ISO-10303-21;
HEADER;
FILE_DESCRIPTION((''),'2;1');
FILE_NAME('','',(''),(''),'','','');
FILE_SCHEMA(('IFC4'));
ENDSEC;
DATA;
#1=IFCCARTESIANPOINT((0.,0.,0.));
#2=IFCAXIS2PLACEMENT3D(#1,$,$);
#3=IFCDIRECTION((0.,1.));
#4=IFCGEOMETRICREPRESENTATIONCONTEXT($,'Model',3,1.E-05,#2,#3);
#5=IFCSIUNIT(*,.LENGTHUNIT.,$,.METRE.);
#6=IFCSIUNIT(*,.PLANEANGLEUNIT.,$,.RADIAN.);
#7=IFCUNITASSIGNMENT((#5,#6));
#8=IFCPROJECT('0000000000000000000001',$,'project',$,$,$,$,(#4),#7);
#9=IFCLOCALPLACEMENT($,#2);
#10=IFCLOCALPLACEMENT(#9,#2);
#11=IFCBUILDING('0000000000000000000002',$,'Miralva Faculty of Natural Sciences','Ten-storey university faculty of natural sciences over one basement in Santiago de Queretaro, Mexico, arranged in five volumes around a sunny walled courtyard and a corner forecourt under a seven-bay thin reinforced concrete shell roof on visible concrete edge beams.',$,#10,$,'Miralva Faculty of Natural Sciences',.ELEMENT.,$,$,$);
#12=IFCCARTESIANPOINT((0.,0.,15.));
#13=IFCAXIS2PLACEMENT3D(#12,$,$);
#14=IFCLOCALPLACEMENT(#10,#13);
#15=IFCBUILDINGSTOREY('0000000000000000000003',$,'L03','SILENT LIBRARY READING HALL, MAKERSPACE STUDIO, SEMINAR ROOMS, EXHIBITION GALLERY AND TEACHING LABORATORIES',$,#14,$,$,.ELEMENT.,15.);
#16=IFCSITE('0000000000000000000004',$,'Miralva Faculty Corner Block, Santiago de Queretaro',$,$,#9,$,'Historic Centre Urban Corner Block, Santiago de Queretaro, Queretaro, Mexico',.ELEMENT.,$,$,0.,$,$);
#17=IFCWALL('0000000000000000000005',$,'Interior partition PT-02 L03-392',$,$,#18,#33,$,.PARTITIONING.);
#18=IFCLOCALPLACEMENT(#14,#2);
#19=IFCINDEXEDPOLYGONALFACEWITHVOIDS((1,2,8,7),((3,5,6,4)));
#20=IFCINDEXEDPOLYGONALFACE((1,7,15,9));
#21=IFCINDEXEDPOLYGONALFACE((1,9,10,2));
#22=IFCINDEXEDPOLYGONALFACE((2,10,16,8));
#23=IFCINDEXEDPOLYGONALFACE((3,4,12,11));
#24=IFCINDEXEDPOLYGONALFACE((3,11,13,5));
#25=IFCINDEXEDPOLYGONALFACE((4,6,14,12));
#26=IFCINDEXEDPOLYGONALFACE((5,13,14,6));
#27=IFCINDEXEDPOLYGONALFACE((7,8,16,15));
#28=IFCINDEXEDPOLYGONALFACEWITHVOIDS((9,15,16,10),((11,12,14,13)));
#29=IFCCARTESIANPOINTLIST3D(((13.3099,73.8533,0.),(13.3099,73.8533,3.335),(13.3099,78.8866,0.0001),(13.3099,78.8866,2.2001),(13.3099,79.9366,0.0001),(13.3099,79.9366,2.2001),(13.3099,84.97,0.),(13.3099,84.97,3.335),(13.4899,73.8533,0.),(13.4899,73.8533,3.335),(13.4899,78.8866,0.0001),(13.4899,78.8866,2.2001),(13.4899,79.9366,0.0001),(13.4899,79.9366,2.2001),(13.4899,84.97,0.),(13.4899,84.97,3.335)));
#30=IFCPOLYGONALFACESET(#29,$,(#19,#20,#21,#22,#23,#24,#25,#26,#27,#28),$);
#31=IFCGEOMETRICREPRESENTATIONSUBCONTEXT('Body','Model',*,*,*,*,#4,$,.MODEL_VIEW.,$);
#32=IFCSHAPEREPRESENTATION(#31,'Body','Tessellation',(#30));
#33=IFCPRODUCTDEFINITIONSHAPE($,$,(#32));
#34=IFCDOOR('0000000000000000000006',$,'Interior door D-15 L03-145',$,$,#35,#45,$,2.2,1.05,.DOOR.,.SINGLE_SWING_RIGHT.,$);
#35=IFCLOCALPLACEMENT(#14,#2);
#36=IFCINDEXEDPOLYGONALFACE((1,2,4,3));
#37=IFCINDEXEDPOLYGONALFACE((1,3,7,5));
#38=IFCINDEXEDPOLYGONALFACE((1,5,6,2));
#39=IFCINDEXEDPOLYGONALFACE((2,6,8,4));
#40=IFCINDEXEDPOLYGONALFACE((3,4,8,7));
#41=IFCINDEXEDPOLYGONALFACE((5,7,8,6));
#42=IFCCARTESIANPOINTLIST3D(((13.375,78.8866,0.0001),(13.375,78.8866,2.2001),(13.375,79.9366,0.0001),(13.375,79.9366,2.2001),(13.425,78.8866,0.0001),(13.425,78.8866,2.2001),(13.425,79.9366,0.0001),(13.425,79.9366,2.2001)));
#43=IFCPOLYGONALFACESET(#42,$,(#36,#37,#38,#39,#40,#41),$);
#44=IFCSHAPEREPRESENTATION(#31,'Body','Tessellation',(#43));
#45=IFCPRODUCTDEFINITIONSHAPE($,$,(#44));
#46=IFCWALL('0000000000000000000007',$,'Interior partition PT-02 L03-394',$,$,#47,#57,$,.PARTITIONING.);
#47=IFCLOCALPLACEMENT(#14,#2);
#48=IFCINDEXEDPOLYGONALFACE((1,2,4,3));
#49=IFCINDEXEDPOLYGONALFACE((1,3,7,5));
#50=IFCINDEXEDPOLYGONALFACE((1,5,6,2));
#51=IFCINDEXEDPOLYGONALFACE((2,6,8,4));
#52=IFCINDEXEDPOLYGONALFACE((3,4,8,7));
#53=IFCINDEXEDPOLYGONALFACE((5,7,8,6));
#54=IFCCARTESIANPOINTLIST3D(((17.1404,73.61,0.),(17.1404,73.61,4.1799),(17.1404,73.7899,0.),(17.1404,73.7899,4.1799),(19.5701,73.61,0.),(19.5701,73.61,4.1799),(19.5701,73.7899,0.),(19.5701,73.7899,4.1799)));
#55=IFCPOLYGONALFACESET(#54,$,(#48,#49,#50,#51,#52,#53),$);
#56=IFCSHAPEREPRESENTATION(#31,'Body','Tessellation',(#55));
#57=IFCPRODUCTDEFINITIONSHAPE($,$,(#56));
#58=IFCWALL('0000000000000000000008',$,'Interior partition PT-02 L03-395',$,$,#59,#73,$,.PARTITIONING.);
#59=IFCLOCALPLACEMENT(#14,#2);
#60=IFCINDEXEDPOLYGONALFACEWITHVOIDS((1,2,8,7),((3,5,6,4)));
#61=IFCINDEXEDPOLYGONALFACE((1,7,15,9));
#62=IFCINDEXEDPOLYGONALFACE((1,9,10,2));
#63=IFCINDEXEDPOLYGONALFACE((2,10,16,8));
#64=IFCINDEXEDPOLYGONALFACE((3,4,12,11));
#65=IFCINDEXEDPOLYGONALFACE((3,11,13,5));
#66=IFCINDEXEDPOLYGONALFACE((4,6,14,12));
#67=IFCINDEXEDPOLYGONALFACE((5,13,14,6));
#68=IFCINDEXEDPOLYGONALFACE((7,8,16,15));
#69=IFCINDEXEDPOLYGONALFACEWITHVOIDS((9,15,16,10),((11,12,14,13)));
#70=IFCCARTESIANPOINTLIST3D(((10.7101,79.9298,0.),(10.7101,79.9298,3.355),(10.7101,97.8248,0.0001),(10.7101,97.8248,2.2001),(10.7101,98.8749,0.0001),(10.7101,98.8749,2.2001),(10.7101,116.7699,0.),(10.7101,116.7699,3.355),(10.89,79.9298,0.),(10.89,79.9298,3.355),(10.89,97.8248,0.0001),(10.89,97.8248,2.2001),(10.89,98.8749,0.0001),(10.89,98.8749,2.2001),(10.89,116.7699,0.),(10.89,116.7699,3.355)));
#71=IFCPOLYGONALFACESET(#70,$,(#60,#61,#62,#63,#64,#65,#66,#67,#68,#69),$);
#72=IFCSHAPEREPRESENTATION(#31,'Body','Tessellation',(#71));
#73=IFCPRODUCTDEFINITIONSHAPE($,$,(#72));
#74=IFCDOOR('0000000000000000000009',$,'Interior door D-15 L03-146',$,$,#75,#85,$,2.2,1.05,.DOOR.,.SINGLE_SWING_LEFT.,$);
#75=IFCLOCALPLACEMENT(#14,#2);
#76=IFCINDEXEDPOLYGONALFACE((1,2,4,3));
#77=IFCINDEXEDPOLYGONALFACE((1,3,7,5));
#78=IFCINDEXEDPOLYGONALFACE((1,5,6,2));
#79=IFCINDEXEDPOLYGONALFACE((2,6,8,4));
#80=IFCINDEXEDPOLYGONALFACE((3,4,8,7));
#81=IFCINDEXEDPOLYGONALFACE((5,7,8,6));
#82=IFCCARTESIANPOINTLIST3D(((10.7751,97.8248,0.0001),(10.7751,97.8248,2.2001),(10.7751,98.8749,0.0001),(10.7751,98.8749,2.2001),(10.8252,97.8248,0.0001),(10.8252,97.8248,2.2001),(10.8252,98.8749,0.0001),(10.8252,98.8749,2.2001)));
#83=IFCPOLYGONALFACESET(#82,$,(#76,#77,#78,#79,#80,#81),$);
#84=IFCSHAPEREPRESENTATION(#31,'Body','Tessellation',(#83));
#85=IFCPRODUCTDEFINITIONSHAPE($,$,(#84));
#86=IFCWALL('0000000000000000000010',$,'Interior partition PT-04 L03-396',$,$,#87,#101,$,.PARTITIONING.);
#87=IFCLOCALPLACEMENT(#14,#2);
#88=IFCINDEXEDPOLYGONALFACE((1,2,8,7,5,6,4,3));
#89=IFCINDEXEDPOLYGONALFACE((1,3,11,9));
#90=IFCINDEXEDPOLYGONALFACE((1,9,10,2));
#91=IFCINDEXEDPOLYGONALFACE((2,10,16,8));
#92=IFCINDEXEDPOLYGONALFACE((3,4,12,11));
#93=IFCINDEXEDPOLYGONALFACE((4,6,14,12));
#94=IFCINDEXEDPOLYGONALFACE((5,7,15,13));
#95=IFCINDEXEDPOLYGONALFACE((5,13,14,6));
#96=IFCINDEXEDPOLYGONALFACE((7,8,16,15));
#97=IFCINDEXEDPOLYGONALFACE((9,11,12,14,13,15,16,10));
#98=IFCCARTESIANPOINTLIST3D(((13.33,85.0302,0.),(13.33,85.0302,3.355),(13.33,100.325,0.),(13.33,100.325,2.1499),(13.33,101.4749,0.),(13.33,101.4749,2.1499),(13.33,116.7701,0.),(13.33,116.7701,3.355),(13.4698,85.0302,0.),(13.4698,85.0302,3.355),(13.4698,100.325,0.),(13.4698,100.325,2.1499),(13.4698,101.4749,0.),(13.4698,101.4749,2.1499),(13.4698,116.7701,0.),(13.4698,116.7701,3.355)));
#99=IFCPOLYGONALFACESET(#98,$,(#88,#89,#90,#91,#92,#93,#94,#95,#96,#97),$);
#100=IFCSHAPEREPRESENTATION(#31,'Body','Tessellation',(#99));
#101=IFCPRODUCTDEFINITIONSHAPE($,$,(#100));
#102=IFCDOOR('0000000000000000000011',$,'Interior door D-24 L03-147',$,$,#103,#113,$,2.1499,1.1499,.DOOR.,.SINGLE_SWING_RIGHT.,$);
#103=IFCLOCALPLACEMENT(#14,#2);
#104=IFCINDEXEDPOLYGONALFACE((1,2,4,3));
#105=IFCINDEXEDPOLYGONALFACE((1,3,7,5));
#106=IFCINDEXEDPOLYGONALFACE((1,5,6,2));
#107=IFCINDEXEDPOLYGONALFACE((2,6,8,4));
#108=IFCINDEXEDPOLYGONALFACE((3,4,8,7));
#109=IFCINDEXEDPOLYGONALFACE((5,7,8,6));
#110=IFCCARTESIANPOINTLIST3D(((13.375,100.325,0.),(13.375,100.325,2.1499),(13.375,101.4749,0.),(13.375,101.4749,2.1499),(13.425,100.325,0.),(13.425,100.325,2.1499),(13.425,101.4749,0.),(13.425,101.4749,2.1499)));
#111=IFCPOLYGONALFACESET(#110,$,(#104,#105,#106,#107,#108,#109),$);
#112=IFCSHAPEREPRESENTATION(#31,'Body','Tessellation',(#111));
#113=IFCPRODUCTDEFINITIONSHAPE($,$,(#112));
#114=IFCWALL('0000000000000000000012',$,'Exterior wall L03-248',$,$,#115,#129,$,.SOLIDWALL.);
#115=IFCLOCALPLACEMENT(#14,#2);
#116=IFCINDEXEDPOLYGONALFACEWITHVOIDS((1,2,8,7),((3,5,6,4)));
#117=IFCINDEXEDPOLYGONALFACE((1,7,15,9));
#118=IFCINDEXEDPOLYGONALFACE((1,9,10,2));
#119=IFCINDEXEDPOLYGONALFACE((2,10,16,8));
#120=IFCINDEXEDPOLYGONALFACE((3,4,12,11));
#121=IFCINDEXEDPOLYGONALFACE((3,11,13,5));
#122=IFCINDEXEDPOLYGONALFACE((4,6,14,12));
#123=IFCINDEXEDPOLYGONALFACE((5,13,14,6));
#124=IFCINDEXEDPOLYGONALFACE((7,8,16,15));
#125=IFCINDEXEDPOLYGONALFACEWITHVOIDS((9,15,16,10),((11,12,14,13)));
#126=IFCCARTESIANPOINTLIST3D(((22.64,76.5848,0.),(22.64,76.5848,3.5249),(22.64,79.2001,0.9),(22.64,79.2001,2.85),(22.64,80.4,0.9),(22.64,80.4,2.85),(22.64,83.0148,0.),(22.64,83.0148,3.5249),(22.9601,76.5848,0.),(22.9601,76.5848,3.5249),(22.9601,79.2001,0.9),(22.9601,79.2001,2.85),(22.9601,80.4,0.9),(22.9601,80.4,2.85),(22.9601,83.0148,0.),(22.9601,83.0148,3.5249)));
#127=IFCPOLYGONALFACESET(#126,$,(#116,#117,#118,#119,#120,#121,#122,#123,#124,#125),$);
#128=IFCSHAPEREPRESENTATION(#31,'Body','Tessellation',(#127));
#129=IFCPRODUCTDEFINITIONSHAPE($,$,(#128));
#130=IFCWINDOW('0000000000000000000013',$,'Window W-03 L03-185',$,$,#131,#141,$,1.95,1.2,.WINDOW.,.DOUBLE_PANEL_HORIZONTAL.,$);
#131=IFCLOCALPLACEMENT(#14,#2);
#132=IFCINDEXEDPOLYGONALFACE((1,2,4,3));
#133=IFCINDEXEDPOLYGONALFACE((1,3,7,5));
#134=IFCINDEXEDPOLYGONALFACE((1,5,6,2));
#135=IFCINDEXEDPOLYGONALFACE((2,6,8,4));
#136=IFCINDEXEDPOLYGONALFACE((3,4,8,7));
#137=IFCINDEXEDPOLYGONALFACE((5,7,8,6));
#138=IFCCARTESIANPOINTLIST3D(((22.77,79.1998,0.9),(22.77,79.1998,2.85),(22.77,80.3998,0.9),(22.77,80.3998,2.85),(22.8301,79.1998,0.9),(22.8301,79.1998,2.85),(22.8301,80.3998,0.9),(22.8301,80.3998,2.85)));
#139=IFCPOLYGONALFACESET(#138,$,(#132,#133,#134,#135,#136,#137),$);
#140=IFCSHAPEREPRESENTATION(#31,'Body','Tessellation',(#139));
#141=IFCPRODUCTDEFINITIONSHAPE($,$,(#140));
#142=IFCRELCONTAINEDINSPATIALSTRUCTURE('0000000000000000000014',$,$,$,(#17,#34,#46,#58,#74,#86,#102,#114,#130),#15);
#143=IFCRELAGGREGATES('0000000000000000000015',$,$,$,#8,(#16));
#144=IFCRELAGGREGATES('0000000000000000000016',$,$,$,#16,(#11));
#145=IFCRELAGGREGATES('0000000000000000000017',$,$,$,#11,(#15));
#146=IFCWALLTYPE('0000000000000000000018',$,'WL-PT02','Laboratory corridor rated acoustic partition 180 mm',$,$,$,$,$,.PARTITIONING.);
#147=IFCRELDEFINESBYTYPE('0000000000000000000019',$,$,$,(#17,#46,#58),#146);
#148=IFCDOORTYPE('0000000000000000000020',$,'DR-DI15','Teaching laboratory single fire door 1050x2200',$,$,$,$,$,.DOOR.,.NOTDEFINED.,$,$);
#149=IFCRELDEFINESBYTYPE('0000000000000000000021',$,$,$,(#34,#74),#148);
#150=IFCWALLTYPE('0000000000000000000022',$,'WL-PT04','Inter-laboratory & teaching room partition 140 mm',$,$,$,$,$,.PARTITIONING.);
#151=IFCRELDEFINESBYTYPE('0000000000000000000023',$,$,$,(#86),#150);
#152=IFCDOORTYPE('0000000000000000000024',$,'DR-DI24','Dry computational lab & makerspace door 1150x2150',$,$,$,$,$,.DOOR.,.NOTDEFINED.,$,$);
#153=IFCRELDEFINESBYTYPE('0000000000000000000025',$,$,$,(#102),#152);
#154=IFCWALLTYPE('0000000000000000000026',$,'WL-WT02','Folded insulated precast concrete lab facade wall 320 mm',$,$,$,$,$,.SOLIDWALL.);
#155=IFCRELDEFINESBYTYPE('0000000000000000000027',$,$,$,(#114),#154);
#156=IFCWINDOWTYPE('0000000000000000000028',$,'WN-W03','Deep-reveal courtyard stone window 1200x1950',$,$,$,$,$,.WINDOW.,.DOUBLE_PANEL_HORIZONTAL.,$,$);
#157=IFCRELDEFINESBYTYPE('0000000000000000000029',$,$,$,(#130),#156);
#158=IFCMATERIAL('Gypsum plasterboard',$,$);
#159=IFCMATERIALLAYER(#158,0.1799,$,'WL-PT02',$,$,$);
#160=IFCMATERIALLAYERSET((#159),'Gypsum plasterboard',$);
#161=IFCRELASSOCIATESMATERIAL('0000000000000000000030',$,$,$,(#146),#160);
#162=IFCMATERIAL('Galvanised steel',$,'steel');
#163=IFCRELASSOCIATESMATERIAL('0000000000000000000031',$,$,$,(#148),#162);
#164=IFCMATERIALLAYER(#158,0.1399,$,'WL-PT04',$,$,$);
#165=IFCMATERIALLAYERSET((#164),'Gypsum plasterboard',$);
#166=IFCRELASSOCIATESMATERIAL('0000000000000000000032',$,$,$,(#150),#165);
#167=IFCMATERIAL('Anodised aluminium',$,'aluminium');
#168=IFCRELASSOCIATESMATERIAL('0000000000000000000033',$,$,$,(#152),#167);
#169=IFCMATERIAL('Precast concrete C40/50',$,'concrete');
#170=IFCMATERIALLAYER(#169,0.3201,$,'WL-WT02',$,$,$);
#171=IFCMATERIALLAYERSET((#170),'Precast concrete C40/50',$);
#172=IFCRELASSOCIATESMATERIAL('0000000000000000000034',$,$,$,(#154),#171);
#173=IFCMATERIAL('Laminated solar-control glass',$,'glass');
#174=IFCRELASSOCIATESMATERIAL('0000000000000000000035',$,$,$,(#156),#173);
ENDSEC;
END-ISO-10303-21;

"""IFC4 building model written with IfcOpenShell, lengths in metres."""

from ifc_helpers import new_model, si_unit, direction, frame, frame_2d, origin, place, context, subcontext, project, spatial, rectangle, extrude, material, layer, layer_set, type_object, element, fill, save


model = new_model("IFC4")

# Units and contexts
model_context = context("Model", 3, precision=1e-05, world=origin(), true_north=direction((0.0, 1.0)))
body_context = subcontext(model_context, "Body", "Model", "MODEL_VIEW")
ifc_project = project(units=[si_unit("LENGTHUNIT", "METRE"), si_unit("PLANEANGLEUNIT", "RADIAN")], contexts=[model_context])

# Site, building, storey
site_placement = place(None, origin())
site = spatial("IfcSite", under=ifc_project, at=site_placement, Name="Miralva Faculty Corner Block, Santiago de Queretaro", LongName="Historic Centre Urban Corner Block, Santiago de Queretaro, Queretaro, Mexico", CompositionType="ELEMENT", RefElevation=0.0)
building_placement = place(site_placement, origin())
building = spatial("IfcBuilding", under=site, at=building_placement, Name="Miralva Faculty of Natural Sciences", Description="Ten-storey university faculty of natural sciences over one basement in Santiago de Queretaro, Mexico, arranged in five volumes around a sunny walled courtyard and a corner forecourt under a seven-bay thin reinforced concrete shell roof on visible concrete edge beams.", LongName="Miralva Faculty of Natural Sciences", CompositionType="ELEMENT")
storey_placement = place(building_placement, frame((0.0, 0.0, 15.0)))
storey = spatial("IfcBuildingStorey", under=building, at=storey_placement, Name="L03", Description="SILENT LIBRARY READING HALL, MAKERSPACE STUDIO, SEMINAR ROOMS, EXHIBITION GALLERY AND TEACHING LABORATORIES", CompositionType="ELEMENT", Elevation=15.0)

# Shared definitions
ifc_material_1 = material(Name="Gypsum plasterboard")
ifc_layer_1 = layer(ifc_material_1, 0.1799, Name="WL-PT02")
ifc_layer_set_1 = layer_set([ifc_layer_1], Name="Gypsum plasterboard")
wall_type_1 = type_object("IfcWallType", Name="WL-PT02", Description="Laboratory corridor rated acoustic partition 180 mm", PredefinedType="PARTITIONING", material=ifc_layer_set_1)

# Wall, opening, door
wall_1_placement = place(storey_placement, frame((13.3999, 73.8533, 0.0), z_axis=(0.0, 0.0, 1.0), x_axis=(0.0, 1.0, 0.0)))
wall_1 = element("IfcWall", 1, at=wall_1_placement, inside=storey, type_object=wall_type_1, Name="Interior partition PT-02 L03-392", PredefinedType="PARTITIONING", context=body_context, shape_type="SweptSolid", body=[
    extrude(rectangle(XDim=11.1167, YDim=0.1799, at=frame_2d((5.5583, 0.0))), origin(), (0.0, 0.0, 1.0), 3.335),
])
opening_1_placement = place(wall_1_placement, frame((5.0334, 0.0, 0.0)))
opening_1 = element("IfcOpeningElement", 2, at=opening_1_placement, cuts=wall_1, PredefinedType="OPENING", context=body_context, shape_type="SweptSolid", body=[
    extrude(rectangle(XDim=1.05, YDim=2.2, at=frame_2d((0.5249, 1.1001))), frame((0.0, 0.0999, 0.0), z_axis=(0.0, -1.0, 0.0), x_axis=(1.0, 0.0, 0.0)), (0.0, 0.0, 1.0), 0.2),
])
ifc_material_2 = material(Name="Galvanised steel", Category="steel")
door_type_1 = type_object("IfcDoorType", Name="DR-DI15", Description="Teaching laboratory single fire door 1050x2200", OperationType="NOTDEFINED", PredefinedType="DOOR", material=ifc_material_2)
door_1_placement = place(opening_1_placement, origin())
door_1 = element("IfcDoor", 3, at=door_1_placement, inside=storey, type_object=door_type_1, Name="Interior door D-15 L03-145", OperationType="SINGLE_SWING_RIGHT", OverallHeight=2.2, OverallWidth=1.05, PredefinedType="DOOR", context=body_context, shape_type="SweptSolid", body=[
    extrude(rectangle(XDim=1.05, YDim=2.2, at=frame_2d((0.5249, 1.1001))), frame((0.0, 0.0249, 0.0), z_axis=(0.0, -1.0, 0.0), x_axis=(1.0, 0.0, 0.0)), (0.0, 0.0, 1.0), 0.05),
])
fill(opening_1, door_1)

# Wall
wall_2_placement = place(storey_placement, frame((17.1404, 73.7, 0.0), z_axis=(0.0, 0.0, 1.0), x_axis=(1.0, 0.0, 0.0)))
element("IfcWall", 4, at=wall_2_placement, inside=storey, type_object=wall_type_1, Name="Interior partition PT-02 L03-394", PredefinedType="PARTITIONING", context=body_context, shape_type="SweptSolid", body=[
    extrude(rectangle(XDim=2.4297, YDim=0.1799, at=frame_2d((1.2148, 0.0))), origin(), (0.0, 0.0, 1.0), 4.1799),
])

# Walls, openings, doors
wall_3_placement = place(storey_placement, frame((10.8, 79.9299, 0.0), z_axis=(0.0, 0.0, 1.0), x_axis=(0.0, 1.0, 0.0)))
wall_3 = element("IfcWall", 5, at=wall_3_placement, inside=storey, type_object=wall_type_1, Name="Interior partition PT-02 L03-395", PredefinedType="PARTITIONING", context=body_context, shape_type="SweptSolid", body=[
    extrude(rectangle(XDim=36.8401, YDim=0.1799, at=frame_2d((18.4199, 0.0))), origin(), (0.0, 0.0, 1.0), 3.355),
])
opening_2_placement = place(wall_3_placement, frame((17.895, 0.0, 0.0)))
opening_2 = element("IfcOpeningElement", 6, at=opening_2_placement, cuts=wall_3, PredefinedType="OPENING", context=body_context, shape_type="SweptSolid", body=[
    extrude(rectangle(XDim=1.05, YDim=2.2, at=frame_2d((0.5249, 1.1001))), frame((0.0, 0.0999, 0.0), z_axis=(0.0, -1.0, 0.0), x_axis=(1.0, 0.0, 0.0)), (0.0, 0.0, 1.0), 0.2),
])
door_2_placement = place(opening_2_placement, origin())
door_2 = element("IfcDoor", 7, at=door_2_placement, inside=storey, type_object=door_type_1, Name="Interior door D-15 L03-146", OperationType="SINGLE_SWING_LEFT", OverallHeight=2.2, OverallWidth=1.05, PredefinedType="DOOR", context=body_context, shape_type="SweptSolid", body=[
    extrude(rectangle(XDim=1.05, YDim=2.2, at=frame_2d((0.5249, 1.1001))), frame((0.0, 0.0249, 0.0), z_axis=(0.0, -1.0, 0.0), x_axis=(1.0, 0.0, 0.0)), (0.0, 0.0, 1.0), 0.05),
])
fill(opening_2, door_2)
ifc_layer_2 = layer(ifc_material_1, 0.1399, Name="WL-PT04")
ifc_layer_set_2 = layer_set([ifc_layer_2], Name="Gypsum plasterboard")
wall_type_2 = type_object("IfcWallType", Name="WL-PT04", Description="Inter-laboratory & teaching room partition 140 mm", PredefinedType="PARTITIONING", material=ifc_layer_set_2)
wall_4_placement = place(storey_placement, frame((13.3999, 85.03, 0.0), z_axis=(0.0, 0.0, 1.0), x_axis=(0.0, 1.0, 0.0)))
wall_4 = element("IfcWall", 8, at=wall_4_placement, inside=storey, type_object=wall_type_2, Name="Interior partition PT-04 L03-396", PredefinedType="PARTITIONING", context=body_context, shape_type="SweptSolid", body=[
    extrude(rectangle(XDim=31.74, YDim=0.1399, at=frame_2d((15.8701, 0.0))), origin(), (0.0, 0.0, 1.0), 3.355),
])
opening_3_placement = place(wall_4_placement, frame((15.2949, 0.0, 0.0)))
opening_3 = element("IfcOpeningElement", 9, at=opening_3_placement, cuts=wall_4, PredefinedType="OPENING", context=body_context, shape_type="SweptSolid", body=[
    extrude(rectangle(XDim=1.1499, YDim=2.1499, at=frame_2d((0.575, 1.075))), frame((0.0, 0.0798, 0.0), z_axis=(0.0, -1.0, 0.0), x_axis=(1.0, 0.0, 0.0)), (0.0, 0.0, 1.0), 0.1599),
])
ifc_material_3 = material(Name="Anodised aluminium", Category="aluminium")
door_type_2 = type_object("IfcDoorType", Name="DR-DI24", Description="Dry computational lab & makerspace door 1150x2150", OperationType="NOTDEFINED", PredefinedType="DOOR", material=ifc_material_3)
door_3_placement = place(opening_3_placement, origin())
door_3 = element("IfcDoor", 10, at=door_3_placement, inside=storey, type_object=door_type_2, Name="Interior door D-24 L03-147", OperationType="SINGLE_SWING_RIGHT", OverallHeight=2.1499, OverallWidth=1.1499, PredefinedType="DOOR", context=body_context, shape_type="SweptSolid", body=[
    extrude(rectangle(XDim=1.1499, YDim=2.1499, at=frame_2d((0.575, 1.075))), frame((0.0, 0.0249, 0.0), z_axis=(0.0, -1.0, 0.0), x_axis=(1.0, 0.0, 0.0)), (0.0, 0.0, 1.0), 0.05),
])
fill(opening_3, door_3)

# Wall, opening, window
ifc_material_4 = material(Name="Precast concrete C40/50", Category="concrete")
ifc_layer_3 = layer(ifc_material_4, 0.3201, Name="WL-WT02")
ifc_layer_set_3 = layer_set([ifc_layer_3], Name="Precast concrete C40/50")
wall_type_3 = type_object("IfcWallType", Name="WL-WT02", Description="Folded insulated precast concrete lab facade wall 320 mm", PredefinedType="SOLIDWALL", material=ifc_layer_set_3)
wall_5_placement = place(storey_placement, frame((22.8, 76.585, 0.0), z_axis=(0.0, 0.0, 1.0), x_axis=(0.0, 1.0, 0.0)))
wall_5 = element("IfcWall", 11, at=wall_5_placement, inside=storey, type_object=wall_type_3, Name="Exterior wall L03-248", PredefinedType="SOLIDWALL", context=body_context, shape_type="SweptSolid", body=[
    extrude(rectangle(XDim=6.4299, YDim=0.3201, at=frame_2d((3.2148, 0.0))), origin(), (0.0, 0.0, 1.0), 3.5249),
])
opening_4_placement = place(wall_5_placement, frame((2.615, 0.0, 0.8999)))
opening_4 = element("IfcOpeningElement", 12, at=opening_4_placement, cuts=wall_5, PredefinedType="OPENING", context=body_context, shape_type="SweptSolid", body=[
    extrude(rectangle(XDim=1.2, YDim=1.95, at=frame_2d((0.6001, 0.9751))), frame((0.0, 0.1699, 0.0), z_axis=(0.0, -1.0, 0.0), x_axis=(1.0, 0.0, 0.0)), (0.0, 0.0, 1.0), 0.3401),
])
ifc_material_5 = material(Name="Laminated solar-control glass", Category="glass")
window_type_1 = type_object("IfcWindowType", Name="WN-W03", Description="Deep-reveal courtyard stone window 1200x1950", PartitioningType="DOUBLE_PANEL_HORIZONTAL", PredefinedType="WINDOW", material=ifc_material_5)
window_1_placement = place(opening_4_placement, frame((1.2, 0.0, 0.0), z_axis=(0.0, 0.0, 1.0), x_axis=(-1.0, 0.0, 0.0)))
window_1 = element("IfcWindow", 13, at=window_1_placement, inside=storey, type_object=window_type_1, Name="Window W-03 L03-185", OverallHeight=1.95, OverallWidth=1.2, PartitioningType="DOUBLE_PANEL_HORIZONTAL", PredefinedType="WINDOW", context=body_context, shape_type="SweptSolid", body=[
    extrude(rectangle(XDim=1.2, YDim=1.95, at=frame_2d((0.6001, 0.9751))), frame((0.0, 0.03, 0.0), z_axis=(0.0, -1.0, 0.0), x_axis=(1.0, 0.0, 0.0)), (0.0, 0.0, 1.0), 0.0601),
])
fill(opening_4, window_1)

save(model, "model.ifc")
